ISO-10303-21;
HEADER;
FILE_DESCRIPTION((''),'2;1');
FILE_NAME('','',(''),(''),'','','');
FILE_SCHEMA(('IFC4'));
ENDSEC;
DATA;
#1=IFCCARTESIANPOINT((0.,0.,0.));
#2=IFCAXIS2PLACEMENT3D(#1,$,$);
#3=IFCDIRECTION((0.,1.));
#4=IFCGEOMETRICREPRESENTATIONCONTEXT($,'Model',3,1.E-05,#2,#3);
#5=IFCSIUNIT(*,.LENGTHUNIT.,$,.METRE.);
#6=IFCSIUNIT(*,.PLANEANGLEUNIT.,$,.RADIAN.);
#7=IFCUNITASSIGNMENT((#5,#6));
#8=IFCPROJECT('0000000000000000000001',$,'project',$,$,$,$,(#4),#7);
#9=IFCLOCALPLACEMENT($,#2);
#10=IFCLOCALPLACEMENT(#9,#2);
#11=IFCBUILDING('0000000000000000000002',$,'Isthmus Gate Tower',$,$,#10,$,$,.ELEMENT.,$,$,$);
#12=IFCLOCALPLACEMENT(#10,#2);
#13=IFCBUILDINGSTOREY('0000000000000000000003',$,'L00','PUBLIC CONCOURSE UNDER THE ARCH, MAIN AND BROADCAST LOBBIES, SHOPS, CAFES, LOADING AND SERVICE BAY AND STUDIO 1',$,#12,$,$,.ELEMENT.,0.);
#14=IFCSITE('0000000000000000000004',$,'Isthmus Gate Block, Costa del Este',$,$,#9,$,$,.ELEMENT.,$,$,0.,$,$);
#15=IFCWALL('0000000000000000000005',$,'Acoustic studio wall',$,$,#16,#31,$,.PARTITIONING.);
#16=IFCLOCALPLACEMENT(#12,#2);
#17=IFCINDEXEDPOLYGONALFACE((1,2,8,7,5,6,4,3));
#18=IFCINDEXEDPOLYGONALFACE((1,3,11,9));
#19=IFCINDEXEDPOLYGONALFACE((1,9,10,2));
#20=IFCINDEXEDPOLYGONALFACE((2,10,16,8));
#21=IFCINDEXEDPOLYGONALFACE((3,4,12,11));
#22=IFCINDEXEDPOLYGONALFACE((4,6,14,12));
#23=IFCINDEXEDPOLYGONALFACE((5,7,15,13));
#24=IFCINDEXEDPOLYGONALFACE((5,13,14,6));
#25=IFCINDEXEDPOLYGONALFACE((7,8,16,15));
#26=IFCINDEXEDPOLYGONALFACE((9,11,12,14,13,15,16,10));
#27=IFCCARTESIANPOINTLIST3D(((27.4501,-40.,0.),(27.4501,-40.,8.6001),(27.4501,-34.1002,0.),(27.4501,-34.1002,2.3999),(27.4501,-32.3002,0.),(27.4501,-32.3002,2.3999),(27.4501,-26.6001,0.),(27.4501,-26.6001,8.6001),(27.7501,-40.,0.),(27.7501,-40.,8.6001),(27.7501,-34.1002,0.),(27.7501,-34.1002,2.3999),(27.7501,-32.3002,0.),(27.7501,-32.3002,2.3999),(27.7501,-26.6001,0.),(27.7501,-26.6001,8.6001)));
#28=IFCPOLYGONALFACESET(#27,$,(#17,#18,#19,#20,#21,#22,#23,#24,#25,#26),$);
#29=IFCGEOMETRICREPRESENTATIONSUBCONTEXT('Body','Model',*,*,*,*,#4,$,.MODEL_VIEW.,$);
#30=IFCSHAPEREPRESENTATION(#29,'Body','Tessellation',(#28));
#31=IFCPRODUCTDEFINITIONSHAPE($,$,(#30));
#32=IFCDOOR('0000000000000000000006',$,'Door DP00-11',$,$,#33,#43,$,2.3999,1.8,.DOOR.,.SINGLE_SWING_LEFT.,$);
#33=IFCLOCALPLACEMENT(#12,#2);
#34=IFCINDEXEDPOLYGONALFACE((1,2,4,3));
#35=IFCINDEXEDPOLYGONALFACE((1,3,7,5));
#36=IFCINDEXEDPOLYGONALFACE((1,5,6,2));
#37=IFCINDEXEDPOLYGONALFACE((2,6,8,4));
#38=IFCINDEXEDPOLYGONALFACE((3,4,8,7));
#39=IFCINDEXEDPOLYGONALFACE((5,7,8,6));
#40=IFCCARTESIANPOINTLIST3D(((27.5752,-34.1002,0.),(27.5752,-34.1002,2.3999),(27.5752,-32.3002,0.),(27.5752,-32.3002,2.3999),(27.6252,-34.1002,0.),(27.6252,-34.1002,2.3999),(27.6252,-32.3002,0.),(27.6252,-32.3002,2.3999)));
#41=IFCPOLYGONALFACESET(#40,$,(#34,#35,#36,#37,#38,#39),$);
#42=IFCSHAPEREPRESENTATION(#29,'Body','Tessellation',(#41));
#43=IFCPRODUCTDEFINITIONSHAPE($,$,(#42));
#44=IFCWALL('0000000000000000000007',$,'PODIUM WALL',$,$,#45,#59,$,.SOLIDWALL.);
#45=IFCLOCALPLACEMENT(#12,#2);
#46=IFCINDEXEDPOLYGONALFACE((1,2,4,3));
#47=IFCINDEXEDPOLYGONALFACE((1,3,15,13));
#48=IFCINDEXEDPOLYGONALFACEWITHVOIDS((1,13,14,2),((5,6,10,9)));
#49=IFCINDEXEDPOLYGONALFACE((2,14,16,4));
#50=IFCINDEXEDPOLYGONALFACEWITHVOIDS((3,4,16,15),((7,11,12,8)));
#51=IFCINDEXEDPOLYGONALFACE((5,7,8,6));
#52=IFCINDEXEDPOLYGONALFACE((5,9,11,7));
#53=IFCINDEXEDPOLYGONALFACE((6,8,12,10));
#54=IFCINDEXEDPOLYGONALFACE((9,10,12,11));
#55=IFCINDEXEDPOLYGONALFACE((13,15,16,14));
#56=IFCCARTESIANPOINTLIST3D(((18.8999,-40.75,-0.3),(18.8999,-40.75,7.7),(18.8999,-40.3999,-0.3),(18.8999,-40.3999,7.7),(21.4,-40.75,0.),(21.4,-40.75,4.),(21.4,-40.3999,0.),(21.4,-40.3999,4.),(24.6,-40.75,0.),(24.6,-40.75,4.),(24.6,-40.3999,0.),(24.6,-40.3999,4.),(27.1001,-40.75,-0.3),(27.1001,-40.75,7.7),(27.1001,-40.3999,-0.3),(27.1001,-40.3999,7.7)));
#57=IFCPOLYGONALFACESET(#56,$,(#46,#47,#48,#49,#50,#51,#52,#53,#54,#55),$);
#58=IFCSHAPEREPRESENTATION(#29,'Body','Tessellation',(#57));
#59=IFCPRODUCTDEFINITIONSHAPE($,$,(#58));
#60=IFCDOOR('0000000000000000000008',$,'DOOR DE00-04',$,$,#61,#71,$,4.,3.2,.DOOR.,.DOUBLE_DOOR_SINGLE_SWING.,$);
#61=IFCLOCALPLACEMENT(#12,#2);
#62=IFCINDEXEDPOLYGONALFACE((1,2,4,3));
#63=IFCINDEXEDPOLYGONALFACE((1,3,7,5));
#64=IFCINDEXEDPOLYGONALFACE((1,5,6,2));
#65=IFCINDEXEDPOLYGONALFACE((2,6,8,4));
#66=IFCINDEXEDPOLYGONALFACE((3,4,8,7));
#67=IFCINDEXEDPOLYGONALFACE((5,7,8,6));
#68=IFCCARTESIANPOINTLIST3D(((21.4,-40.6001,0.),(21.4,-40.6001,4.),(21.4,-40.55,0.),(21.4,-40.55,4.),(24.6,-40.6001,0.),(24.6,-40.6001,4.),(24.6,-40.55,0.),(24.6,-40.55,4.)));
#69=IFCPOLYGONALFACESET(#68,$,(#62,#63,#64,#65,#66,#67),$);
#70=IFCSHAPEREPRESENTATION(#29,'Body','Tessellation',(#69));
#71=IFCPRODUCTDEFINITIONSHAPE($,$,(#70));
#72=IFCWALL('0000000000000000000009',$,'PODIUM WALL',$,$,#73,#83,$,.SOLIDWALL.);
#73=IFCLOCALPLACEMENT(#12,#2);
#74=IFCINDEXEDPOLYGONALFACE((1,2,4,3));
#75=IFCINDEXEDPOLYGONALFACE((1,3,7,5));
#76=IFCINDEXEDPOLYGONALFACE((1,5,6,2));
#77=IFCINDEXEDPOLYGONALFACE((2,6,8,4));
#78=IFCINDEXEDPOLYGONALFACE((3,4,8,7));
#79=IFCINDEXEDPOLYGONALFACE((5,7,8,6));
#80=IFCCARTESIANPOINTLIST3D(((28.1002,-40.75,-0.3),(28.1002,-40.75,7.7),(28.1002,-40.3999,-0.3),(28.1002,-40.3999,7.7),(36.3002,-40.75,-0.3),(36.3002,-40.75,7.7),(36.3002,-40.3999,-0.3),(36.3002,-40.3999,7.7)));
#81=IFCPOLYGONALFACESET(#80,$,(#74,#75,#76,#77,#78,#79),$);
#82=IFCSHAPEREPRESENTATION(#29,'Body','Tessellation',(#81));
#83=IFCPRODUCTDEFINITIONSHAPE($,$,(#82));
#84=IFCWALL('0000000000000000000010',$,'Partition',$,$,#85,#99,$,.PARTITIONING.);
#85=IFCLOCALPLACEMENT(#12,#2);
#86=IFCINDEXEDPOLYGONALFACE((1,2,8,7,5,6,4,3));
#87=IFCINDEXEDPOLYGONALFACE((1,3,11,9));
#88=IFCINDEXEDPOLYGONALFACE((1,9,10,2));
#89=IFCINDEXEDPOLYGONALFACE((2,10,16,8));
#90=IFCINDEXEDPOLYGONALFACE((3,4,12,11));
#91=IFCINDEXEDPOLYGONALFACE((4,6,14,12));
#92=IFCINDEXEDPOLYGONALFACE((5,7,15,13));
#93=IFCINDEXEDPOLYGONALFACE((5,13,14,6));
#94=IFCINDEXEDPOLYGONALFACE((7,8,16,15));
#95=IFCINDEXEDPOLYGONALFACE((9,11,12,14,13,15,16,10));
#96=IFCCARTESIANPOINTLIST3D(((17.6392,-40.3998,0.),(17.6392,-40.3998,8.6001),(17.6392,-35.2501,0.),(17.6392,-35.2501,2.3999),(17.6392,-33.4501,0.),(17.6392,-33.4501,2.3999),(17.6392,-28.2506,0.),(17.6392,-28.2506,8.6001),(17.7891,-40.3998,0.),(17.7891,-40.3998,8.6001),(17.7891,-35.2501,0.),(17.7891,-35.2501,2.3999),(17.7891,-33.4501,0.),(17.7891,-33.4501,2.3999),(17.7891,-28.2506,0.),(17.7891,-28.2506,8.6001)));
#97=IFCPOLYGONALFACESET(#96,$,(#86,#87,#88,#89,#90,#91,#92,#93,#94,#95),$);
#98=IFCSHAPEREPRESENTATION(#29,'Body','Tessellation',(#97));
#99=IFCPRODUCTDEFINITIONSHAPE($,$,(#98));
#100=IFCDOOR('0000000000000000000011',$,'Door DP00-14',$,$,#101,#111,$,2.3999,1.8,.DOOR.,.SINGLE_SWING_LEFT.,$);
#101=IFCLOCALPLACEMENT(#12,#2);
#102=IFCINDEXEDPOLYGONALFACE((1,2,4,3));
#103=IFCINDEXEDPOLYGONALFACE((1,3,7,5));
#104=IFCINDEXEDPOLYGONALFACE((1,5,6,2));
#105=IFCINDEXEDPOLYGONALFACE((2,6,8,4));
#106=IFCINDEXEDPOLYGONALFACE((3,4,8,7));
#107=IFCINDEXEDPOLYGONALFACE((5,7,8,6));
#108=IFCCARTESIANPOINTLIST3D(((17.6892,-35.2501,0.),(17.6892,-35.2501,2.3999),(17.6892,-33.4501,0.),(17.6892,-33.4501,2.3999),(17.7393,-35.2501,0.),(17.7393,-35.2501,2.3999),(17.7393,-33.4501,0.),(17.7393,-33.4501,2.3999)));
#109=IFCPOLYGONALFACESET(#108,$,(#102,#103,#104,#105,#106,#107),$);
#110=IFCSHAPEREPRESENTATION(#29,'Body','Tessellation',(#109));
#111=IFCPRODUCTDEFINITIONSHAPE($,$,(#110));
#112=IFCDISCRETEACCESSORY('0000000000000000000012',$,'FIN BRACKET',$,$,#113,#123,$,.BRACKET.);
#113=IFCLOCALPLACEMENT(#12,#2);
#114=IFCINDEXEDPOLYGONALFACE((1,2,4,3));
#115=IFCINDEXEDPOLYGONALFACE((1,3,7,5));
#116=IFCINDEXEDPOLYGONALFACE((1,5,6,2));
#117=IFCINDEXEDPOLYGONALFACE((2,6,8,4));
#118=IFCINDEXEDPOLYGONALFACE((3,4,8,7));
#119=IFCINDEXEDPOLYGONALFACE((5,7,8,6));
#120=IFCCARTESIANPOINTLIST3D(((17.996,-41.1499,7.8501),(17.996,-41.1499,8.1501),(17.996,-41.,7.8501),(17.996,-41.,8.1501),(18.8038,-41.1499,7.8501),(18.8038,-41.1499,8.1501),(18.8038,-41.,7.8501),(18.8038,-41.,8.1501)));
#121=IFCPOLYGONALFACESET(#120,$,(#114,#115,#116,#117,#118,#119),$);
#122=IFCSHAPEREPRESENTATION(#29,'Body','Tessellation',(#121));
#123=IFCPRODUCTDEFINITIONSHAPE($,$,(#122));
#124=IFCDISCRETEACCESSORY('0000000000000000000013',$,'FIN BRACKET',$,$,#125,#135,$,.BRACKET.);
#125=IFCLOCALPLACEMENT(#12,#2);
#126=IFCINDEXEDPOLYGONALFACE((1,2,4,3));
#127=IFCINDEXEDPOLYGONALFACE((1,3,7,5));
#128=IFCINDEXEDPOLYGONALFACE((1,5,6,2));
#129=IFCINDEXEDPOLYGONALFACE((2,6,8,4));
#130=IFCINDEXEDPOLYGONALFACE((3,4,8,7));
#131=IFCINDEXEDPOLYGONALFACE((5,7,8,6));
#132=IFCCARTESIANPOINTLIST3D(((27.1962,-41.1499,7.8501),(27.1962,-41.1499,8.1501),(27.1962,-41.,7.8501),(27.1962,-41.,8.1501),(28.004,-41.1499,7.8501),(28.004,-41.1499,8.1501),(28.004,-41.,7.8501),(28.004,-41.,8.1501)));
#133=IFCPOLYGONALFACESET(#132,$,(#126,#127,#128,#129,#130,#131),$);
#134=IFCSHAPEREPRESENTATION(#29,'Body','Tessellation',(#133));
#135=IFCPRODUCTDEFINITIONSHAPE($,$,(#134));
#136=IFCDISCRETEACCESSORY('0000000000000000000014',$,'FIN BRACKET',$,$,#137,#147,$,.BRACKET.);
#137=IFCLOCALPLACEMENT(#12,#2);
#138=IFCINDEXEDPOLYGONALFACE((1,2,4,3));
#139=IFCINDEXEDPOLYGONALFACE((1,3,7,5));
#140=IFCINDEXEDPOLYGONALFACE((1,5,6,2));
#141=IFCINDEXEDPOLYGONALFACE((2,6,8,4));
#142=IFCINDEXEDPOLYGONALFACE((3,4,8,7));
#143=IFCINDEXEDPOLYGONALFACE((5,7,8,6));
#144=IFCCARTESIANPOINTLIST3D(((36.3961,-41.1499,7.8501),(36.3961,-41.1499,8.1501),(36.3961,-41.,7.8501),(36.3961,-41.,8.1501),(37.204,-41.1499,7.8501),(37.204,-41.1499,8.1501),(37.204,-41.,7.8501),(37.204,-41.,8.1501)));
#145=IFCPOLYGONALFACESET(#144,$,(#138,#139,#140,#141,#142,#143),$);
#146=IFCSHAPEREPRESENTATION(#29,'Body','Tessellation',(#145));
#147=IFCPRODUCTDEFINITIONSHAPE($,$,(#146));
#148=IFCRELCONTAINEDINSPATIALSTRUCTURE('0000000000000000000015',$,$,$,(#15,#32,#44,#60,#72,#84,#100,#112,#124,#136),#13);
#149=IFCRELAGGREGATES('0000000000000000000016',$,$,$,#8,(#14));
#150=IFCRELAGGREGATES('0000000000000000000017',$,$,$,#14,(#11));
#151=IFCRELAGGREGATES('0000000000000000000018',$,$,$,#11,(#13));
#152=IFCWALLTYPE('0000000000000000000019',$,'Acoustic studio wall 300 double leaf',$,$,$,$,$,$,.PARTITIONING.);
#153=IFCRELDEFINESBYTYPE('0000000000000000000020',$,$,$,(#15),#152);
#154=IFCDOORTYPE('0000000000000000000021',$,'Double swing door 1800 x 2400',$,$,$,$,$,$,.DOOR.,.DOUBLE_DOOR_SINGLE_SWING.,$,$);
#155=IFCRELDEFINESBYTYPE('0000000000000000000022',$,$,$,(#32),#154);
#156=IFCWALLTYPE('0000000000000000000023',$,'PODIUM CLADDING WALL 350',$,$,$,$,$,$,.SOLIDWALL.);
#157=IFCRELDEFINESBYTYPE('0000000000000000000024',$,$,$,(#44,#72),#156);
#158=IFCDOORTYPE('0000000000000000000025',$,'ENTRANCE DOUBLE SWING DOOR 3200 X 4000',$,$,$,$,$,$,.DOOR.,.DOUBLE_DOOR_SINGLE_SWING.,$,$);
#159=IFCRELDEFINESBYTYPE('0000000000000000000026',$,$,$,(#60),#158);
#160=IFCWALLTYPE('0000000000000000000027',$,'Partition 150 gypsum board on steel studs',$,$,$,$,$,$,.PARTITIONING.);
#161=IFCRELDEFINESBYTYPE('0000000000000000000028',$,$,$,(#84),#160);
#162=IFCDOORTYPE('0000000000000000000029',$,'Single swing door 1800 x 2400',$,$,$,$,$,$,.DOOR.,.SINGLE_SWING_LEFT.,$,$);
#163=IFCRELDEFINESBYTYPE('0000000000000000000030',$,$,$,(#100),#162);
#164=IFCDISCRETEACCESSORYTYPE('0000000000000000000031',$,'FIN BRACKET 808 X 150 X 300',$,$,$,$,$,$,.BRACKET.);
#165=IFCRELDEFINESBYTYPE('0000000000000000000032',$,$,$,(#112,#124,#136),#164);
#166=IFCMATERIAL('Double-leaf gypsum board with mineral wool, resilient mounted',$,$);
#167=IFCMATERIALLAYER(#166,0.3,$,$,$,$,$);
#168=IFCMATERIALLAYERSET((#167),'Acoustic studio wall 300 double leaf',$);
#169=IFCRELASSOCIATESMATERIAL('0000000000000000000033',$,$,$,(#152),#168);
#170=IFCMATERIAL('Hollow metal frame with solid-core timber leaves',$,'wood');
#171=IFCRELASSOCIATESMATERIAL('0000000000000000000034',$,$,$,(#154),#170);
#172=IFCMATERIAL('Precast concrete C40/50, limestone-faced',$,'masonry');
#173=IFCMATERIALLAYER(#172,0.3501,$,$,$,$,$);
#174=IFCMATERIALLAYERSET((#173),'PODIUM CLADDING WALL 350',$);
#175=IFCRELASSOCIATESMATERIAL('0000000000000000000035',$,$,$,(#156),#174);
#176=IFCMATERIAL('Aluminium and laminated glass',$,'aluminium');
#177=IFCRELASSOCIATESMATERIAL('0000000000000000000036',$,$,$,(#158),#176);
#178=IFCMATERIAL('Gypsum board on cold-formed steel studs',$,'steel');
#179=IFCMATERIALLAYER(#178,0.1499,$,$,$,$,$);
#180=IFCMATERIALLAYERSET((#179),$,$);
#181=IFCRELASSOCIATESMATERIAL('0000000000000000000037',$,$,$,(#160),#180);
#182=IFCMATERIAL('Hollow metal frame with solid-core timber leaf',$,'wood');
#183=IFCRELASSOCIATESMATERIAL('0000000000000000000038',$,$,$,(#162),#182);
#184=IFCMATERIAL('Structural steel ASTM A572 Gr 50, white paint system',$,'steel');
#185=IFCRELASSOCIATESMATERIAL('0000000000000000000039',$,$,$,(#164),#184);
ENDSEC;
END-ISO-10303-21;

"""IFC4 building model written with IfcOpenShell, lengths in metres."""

from ifc_helpers import new_model, si_unit, direction, frame, frame_2d, origin, origin_2d, place, context, subcontext, project, spatial, rectangle, extrude, material, layer, layer_set, type_object, element, fill, save


model = new_model("IFC4")

# Units and contexts
model_context = context("Model", 3, precision=1e-05, world=origin(), true_north=direction((0.0, 1.0)))
body_context = subcontext(model_context, "Body", "Model", "MODEL_VIEW")
ifc_project = project(units=[si_unit("LENGTHUNIT", "METRE"), si_unit("PLANEANGLEUNIT", "RADIAN")], contexts=[model_context])

# Site, building, storey
site_placement = place(None, origin())
site = spatial("IfcSite", under=ifc_project, at=site_placement, Name="Isthmus Gate Block, Costa del Este", CompositionType="ELEMENT", RefElevation=0.0)
building_placement = place(site_placement, origin())
building = spatial("IfcBuilding", under=site, at=building_placement, Name="Isthmus Gate Tower", CompositionType="ELEMENT")
storey_placement = place(building_placement, origin())
storey = spatial("IfcBuildingStorey", under=building, at=storey_placement, Name="L00", Description="PUBLIC CONCOURSE UNDER THE ARCH, MAIN AND BROADCAST LOBBIES, SHOPS, CAFES, LOADING AND SERVICE BAY AND STUDIO 1", CompositionType="ELEMENT", Elevation=0.0)

# Walls, openings, doors
ifc_material_1 = material(Name="Double-leaf gypsum board with mineral wool, resilient mounted")
ifc_layer_1 = layer(ifc_material_1, 0.3)
ifc_layer_set_1 = layer_set([ifc_layer_1], Name="Acoustic studio wall 300 double leaf")
wall_type_1 = type_object("IfcWallType", Name="Acoustic studio wall 300 double leaf", PredefinedType="PARTITIONING", material=ifc_layer_set_1)
wall_1_placement = place(storey_placement, frame((27.6001, -40.0, 0.0), z_axis=(0.0, 0.0, 1.0), x_axis=(0.0, 1.0, 0.0)))
wall_1 = element("IfcWall", 1, at=wall_1_placement, inside=storey, type_object=wall_type_1, Name="Acoustic studio wall", PredefinedType="PARTITIONING", context=body_context, shape_type="SweptSolid", body=[
    extrude(rectangle(XDim=13.3999, YDim=0.3, at=frame_2d((6.7, 0.0))), origin(), (0.0, 0.0, 1.0), 8.6001),
])
opening_1_placement = place(wall_1_placement, frame((5.8999, 0.0, 0.0)))
opening_1 = element("IfcOpeningElement", 2, at=opening_1_placement, cuts=wall_1, PredefinedType="OPENING", context=body_context, shape_type="SweptSolid", body=[
    extrude(rectangle(XDim=1.8, YDim=2.3999, at=frame_2d((0.8999, 1.2))), frame((0.0, 0.1599, 0.0), z_axis=(0.0, -1.0, 0.0), x_axis=(1.0, 0.0, 0.0)), (0.0, 0.0, 1.0), 0.3201),
])
ifc_material_2 = material(Name="Hollow metal frame with solid-core timber leaves", Category="wood")
door_type_1 = type_object("IfcDoorType", Name="Double swing door 1800 x 2400", OperationType="DOUBLE_DOOR_SINGLE_SWING", PredefinedType="DOOR", material=ifc_material_2)
door_1_placement = place(opening_1_placement, origin())
door_1 = element("IfcDoor", 3, at=door_1_placement, inside=storey, type_object=door_type_1, Name="Door DP00-11", OperationType="SINGLE_SWING_LEFT", OverallHeight=2.3999, OverallWidth=1.8, PredefinedType="DOOR", context=body_context, shape_type="SweptSolid", body=[
    extrude(rectangle(XDim=1.8, YDim=2.3999, at=frame_2d((0.8999, 1.2))), frame((0.0, 0.0249, 0.0), z_axis=(0.0, -1.0, 0.0), x_axis=(1.0, 0.0, 0.0)), (0.0, 0.0, 1.0), 0.05),
])
fill(opening_1, door_1)
ifc_material_3 = material(Name="Precast concrete C40/50, limestone-faced", Category="masonry")
ifc_layer_2 = layer(ifc_material_3, 0.3501)
ifc_layer_set_2 = layer_set([ifc_layer_2], Name="PODIUM CLADDING WALL 350")
wall_type_2 = type_object("IfcWallType", Name="PODIUM CLADDING WALL 350", PredefinedType="SOLIDWALL", material=ifc_layer_set_2)
wall_2_placement = place(storey_placement, frame((18.8999, -40.575, -0.3), z_axis=(0.0, 0.0, 1.0), x_axis=(1.0, 0.0, 0.0)))
wall_2 = element("IfcWall", 4, at=wall_2_placement, inside=storey, type_object=wall_type_2, Name="PODIUM WALL", PredefinedType="SOLIDWALL", context=body_context, shape_type="SweptSolid", body=[
    extrude(rectangle(XDim=8.2002, YDim=0.3501, at=frame_2d((4.1001, 0.0))), origin(), (0.0, 0.0, 1.0), 8.0),
])
opening_2_placement = place(wall_2_placement, frame((2.5, 0.0, 0.3)))
opening_2 = element("IfcOpeningElement", 5, at=opening_2_placement, cuts=wall_2, PredefinedType="OPENING", context=body_context, shape_type="SweptSolid", body=[
    extrude(rectangle(XDim=3.2, YDim=4.0, at=frame_2d((1.6001, 2.0))), frame((0.0, 0.1851, 0.0), z_axis=(0.0, -1.0, 0.0), x_axis=(1.0, 0.0, 0.0)), (0.0, 0.0, 1.0), 0.3701),
])
ifc_material_4 = material(Name="Aluminium and laminated glass", Category="aluminium")
door_type_2 = type_object("IfcDoorType", Name="ENTRANCE DOUBLE SWING DOOR 3200 X 4000", OperationType="DOUBLE_DOOR_SINGLE_SWING", PredefinedType="DOOR", material=ifc_material_4)
door_2_placement = place(opening_2_placement, origin())
door_2 = element("IfcDoor", 6, at=door_2_placement, inside=storey, type_object=door_type_2, Name="DOOR DE00-04", OperationType="DOUBLE_DOOR_SINGLE_SWING", OverallHeight=4.0, OverallWidth=3.2, PredefinedType="DOOR", context=body_context, shape_type="SweptSolid", body=[
    extrude(rectangle(XDim=3.2, YDim=4.0, at=frame_2d((1.6001, 2.0))), frame((0.0, 0.0249, 0.0), z_axis=(0.0, -1.0, 0.0), x_axis=(1.0, 0.0, 0.0)), (0.0, 0.0, 1.0), 0.05),
])
fill(opening_2, door_2)

# Wall
wall_3_placement = place(storey_placement, frame((28.1001, -40.575, -0.3), z_axis=(0.0, 0.0, 1.0), x_axis=(1.0, 0.0, 0.0)))
element("IfcWall", 7, at=wall_3_placement, inside=storey, type_object=wall_type_2, Name="PODIUM WALL", PredefinedType="SOLIDWALL", context=body_context, shape_type="SweptSolid", body=[
    extrude(rectangle(XDim=8.2, YDim=0.3501, at=frame_2d((4.1001, 0.0))), origin(), (0.0, 0.0, 1.0), 8.0),
])

# Wall, opening, door
ifc_material_5 = material(Name="Gypsum board on cold-formed steel studs", Category="steel")
ifc_layer_3 = layer(ifc_material_5, 0.1499)
ifc_layer_set_3 = layer_set([ifc_layer_3])
wall_type_3 = type_object("IfcWallType", Name="Partition 150 gypsum board on steel studs", PredefinedType="PARTITIONING", material=ifc_layer_set_3)
wall_4_placement = place(storey_placement, frame((17.7141, -40.3999, 0.0), z_axis=(0.0, 0.0, 1.0), x_axis=(0.0, 1.0, 0.0)))
wall_4 = element("IfcWall", 8, at=wall_4_placement, inside=storey, type_object=wall_type_3, Name="Partition", PredefinedType="PARTITIONING", context=body_context, shape_type="SweptSolid", body=[
    extrude(rectangle(XDim=12.1492, YDim=0.1499, at=frame_2d((6.0747, 0.0))), origin(), (0.0, 0.0, 1.0), 8.6001),
])
opening_3_placement = place(wall_4_placement, frame((5.1499, 0.0, 0.0)))
opening_3 = element("IfcOpeningElement", 9, at=opening_3_placement, cuts=wall_4, PredefinedType="OPENING", context=body_context, shape_type="SweptSolid", body=[
    extrude(rectangle(XDim=1.8, YDim=2.3999, at=frame_2d((0.8999, 1.2))), frame((0.0, 0.085, 0.0), z_axis=(0.0, -1.0, 0.0), x_axis=(1.0, 0.0, 0.0)), (0.0, 0.0, 1.0), 0.1699),
])
ifc_material_6 = material(Name="Hollow metal frame with solid-core timber leaf", Category="wood")
door_type_3 = type_object("IfcDoorType", Name="Single swing door 1800 x 2400", OperationType="SINGLE_SWING_LEFT", PredefinedType="DOOR", material=ifc_material_6)
door_3_placement = place(opening_3_placement, origin())
door_3 = element("IfcDoor", 10, at=door_3_placement, inside=storey, type_object=door_type_3, Name="Door DP00-14", OperationType="SINGLE_SWING_LEFT", OverallHeight=2.3999, OverallWidth=1.8, PredefinedType="DOOR", context=body_context, shape_type="SweptSolid", body=[
    extrude(rectangle(XDim=1.8, YDim=2.3999, at=frame_2d((0.8999, 1.2))), frame((0.0, 0.0249, 0.0), z_axis=(0.0, -1.0, 0.0), x_axis=(1.0, 0.0, 0.0)), (0.0, 0.0, 1.0), 0.05),
])
fill(opening_3, door_3)

# Discrete accessories
ifc_material_7 = material(Name="Structural steel ASTM A572 Gr 50, white paint system", Category="steel")
discrete_accessory_type = type_object("IfcDiscreteAccessoryType", Name="FIN BRACKET 808 X 150 X 300", PredefinedType="BRACKET", material=ifc_material_7)
for number, where, z_axis, x_axis, name in (
    (11, (18.3999, -41.075, 7.8501), (0.0, 0.0, 1.0), (0.0, -1.0, 0.0), "FIN BRACKET"),
    (12, (27.6001, -41.075, 7.8501), (0.0, 0.0, 1.0), (0.0, -1.0, 0.0), "FIN BRACKET"),
    (13, (36.8, -41.075, 7.8501), (0.0, 0.0, 1.0), (0.0, -1.0, 0.0), "FIN BRACKET"),
):
    element("IfcDiscreteAccessory", number, at=place(storey_placement, frame(where, z_axis=z_axis, x_axis=x_axis)), inside=storey, type_object=discrete_accessory_type, Name=name, PredefinedType="BRACKET", context=body_context, shape_type="SweptSolid", body=[
        extrude(rectangle(XDim=0.1499, YDim=0.8079, at=origin_2d()), origin(), (0.0, 0.0, 1.0), 0.3),
    ])

save(model, "model.ifc")
